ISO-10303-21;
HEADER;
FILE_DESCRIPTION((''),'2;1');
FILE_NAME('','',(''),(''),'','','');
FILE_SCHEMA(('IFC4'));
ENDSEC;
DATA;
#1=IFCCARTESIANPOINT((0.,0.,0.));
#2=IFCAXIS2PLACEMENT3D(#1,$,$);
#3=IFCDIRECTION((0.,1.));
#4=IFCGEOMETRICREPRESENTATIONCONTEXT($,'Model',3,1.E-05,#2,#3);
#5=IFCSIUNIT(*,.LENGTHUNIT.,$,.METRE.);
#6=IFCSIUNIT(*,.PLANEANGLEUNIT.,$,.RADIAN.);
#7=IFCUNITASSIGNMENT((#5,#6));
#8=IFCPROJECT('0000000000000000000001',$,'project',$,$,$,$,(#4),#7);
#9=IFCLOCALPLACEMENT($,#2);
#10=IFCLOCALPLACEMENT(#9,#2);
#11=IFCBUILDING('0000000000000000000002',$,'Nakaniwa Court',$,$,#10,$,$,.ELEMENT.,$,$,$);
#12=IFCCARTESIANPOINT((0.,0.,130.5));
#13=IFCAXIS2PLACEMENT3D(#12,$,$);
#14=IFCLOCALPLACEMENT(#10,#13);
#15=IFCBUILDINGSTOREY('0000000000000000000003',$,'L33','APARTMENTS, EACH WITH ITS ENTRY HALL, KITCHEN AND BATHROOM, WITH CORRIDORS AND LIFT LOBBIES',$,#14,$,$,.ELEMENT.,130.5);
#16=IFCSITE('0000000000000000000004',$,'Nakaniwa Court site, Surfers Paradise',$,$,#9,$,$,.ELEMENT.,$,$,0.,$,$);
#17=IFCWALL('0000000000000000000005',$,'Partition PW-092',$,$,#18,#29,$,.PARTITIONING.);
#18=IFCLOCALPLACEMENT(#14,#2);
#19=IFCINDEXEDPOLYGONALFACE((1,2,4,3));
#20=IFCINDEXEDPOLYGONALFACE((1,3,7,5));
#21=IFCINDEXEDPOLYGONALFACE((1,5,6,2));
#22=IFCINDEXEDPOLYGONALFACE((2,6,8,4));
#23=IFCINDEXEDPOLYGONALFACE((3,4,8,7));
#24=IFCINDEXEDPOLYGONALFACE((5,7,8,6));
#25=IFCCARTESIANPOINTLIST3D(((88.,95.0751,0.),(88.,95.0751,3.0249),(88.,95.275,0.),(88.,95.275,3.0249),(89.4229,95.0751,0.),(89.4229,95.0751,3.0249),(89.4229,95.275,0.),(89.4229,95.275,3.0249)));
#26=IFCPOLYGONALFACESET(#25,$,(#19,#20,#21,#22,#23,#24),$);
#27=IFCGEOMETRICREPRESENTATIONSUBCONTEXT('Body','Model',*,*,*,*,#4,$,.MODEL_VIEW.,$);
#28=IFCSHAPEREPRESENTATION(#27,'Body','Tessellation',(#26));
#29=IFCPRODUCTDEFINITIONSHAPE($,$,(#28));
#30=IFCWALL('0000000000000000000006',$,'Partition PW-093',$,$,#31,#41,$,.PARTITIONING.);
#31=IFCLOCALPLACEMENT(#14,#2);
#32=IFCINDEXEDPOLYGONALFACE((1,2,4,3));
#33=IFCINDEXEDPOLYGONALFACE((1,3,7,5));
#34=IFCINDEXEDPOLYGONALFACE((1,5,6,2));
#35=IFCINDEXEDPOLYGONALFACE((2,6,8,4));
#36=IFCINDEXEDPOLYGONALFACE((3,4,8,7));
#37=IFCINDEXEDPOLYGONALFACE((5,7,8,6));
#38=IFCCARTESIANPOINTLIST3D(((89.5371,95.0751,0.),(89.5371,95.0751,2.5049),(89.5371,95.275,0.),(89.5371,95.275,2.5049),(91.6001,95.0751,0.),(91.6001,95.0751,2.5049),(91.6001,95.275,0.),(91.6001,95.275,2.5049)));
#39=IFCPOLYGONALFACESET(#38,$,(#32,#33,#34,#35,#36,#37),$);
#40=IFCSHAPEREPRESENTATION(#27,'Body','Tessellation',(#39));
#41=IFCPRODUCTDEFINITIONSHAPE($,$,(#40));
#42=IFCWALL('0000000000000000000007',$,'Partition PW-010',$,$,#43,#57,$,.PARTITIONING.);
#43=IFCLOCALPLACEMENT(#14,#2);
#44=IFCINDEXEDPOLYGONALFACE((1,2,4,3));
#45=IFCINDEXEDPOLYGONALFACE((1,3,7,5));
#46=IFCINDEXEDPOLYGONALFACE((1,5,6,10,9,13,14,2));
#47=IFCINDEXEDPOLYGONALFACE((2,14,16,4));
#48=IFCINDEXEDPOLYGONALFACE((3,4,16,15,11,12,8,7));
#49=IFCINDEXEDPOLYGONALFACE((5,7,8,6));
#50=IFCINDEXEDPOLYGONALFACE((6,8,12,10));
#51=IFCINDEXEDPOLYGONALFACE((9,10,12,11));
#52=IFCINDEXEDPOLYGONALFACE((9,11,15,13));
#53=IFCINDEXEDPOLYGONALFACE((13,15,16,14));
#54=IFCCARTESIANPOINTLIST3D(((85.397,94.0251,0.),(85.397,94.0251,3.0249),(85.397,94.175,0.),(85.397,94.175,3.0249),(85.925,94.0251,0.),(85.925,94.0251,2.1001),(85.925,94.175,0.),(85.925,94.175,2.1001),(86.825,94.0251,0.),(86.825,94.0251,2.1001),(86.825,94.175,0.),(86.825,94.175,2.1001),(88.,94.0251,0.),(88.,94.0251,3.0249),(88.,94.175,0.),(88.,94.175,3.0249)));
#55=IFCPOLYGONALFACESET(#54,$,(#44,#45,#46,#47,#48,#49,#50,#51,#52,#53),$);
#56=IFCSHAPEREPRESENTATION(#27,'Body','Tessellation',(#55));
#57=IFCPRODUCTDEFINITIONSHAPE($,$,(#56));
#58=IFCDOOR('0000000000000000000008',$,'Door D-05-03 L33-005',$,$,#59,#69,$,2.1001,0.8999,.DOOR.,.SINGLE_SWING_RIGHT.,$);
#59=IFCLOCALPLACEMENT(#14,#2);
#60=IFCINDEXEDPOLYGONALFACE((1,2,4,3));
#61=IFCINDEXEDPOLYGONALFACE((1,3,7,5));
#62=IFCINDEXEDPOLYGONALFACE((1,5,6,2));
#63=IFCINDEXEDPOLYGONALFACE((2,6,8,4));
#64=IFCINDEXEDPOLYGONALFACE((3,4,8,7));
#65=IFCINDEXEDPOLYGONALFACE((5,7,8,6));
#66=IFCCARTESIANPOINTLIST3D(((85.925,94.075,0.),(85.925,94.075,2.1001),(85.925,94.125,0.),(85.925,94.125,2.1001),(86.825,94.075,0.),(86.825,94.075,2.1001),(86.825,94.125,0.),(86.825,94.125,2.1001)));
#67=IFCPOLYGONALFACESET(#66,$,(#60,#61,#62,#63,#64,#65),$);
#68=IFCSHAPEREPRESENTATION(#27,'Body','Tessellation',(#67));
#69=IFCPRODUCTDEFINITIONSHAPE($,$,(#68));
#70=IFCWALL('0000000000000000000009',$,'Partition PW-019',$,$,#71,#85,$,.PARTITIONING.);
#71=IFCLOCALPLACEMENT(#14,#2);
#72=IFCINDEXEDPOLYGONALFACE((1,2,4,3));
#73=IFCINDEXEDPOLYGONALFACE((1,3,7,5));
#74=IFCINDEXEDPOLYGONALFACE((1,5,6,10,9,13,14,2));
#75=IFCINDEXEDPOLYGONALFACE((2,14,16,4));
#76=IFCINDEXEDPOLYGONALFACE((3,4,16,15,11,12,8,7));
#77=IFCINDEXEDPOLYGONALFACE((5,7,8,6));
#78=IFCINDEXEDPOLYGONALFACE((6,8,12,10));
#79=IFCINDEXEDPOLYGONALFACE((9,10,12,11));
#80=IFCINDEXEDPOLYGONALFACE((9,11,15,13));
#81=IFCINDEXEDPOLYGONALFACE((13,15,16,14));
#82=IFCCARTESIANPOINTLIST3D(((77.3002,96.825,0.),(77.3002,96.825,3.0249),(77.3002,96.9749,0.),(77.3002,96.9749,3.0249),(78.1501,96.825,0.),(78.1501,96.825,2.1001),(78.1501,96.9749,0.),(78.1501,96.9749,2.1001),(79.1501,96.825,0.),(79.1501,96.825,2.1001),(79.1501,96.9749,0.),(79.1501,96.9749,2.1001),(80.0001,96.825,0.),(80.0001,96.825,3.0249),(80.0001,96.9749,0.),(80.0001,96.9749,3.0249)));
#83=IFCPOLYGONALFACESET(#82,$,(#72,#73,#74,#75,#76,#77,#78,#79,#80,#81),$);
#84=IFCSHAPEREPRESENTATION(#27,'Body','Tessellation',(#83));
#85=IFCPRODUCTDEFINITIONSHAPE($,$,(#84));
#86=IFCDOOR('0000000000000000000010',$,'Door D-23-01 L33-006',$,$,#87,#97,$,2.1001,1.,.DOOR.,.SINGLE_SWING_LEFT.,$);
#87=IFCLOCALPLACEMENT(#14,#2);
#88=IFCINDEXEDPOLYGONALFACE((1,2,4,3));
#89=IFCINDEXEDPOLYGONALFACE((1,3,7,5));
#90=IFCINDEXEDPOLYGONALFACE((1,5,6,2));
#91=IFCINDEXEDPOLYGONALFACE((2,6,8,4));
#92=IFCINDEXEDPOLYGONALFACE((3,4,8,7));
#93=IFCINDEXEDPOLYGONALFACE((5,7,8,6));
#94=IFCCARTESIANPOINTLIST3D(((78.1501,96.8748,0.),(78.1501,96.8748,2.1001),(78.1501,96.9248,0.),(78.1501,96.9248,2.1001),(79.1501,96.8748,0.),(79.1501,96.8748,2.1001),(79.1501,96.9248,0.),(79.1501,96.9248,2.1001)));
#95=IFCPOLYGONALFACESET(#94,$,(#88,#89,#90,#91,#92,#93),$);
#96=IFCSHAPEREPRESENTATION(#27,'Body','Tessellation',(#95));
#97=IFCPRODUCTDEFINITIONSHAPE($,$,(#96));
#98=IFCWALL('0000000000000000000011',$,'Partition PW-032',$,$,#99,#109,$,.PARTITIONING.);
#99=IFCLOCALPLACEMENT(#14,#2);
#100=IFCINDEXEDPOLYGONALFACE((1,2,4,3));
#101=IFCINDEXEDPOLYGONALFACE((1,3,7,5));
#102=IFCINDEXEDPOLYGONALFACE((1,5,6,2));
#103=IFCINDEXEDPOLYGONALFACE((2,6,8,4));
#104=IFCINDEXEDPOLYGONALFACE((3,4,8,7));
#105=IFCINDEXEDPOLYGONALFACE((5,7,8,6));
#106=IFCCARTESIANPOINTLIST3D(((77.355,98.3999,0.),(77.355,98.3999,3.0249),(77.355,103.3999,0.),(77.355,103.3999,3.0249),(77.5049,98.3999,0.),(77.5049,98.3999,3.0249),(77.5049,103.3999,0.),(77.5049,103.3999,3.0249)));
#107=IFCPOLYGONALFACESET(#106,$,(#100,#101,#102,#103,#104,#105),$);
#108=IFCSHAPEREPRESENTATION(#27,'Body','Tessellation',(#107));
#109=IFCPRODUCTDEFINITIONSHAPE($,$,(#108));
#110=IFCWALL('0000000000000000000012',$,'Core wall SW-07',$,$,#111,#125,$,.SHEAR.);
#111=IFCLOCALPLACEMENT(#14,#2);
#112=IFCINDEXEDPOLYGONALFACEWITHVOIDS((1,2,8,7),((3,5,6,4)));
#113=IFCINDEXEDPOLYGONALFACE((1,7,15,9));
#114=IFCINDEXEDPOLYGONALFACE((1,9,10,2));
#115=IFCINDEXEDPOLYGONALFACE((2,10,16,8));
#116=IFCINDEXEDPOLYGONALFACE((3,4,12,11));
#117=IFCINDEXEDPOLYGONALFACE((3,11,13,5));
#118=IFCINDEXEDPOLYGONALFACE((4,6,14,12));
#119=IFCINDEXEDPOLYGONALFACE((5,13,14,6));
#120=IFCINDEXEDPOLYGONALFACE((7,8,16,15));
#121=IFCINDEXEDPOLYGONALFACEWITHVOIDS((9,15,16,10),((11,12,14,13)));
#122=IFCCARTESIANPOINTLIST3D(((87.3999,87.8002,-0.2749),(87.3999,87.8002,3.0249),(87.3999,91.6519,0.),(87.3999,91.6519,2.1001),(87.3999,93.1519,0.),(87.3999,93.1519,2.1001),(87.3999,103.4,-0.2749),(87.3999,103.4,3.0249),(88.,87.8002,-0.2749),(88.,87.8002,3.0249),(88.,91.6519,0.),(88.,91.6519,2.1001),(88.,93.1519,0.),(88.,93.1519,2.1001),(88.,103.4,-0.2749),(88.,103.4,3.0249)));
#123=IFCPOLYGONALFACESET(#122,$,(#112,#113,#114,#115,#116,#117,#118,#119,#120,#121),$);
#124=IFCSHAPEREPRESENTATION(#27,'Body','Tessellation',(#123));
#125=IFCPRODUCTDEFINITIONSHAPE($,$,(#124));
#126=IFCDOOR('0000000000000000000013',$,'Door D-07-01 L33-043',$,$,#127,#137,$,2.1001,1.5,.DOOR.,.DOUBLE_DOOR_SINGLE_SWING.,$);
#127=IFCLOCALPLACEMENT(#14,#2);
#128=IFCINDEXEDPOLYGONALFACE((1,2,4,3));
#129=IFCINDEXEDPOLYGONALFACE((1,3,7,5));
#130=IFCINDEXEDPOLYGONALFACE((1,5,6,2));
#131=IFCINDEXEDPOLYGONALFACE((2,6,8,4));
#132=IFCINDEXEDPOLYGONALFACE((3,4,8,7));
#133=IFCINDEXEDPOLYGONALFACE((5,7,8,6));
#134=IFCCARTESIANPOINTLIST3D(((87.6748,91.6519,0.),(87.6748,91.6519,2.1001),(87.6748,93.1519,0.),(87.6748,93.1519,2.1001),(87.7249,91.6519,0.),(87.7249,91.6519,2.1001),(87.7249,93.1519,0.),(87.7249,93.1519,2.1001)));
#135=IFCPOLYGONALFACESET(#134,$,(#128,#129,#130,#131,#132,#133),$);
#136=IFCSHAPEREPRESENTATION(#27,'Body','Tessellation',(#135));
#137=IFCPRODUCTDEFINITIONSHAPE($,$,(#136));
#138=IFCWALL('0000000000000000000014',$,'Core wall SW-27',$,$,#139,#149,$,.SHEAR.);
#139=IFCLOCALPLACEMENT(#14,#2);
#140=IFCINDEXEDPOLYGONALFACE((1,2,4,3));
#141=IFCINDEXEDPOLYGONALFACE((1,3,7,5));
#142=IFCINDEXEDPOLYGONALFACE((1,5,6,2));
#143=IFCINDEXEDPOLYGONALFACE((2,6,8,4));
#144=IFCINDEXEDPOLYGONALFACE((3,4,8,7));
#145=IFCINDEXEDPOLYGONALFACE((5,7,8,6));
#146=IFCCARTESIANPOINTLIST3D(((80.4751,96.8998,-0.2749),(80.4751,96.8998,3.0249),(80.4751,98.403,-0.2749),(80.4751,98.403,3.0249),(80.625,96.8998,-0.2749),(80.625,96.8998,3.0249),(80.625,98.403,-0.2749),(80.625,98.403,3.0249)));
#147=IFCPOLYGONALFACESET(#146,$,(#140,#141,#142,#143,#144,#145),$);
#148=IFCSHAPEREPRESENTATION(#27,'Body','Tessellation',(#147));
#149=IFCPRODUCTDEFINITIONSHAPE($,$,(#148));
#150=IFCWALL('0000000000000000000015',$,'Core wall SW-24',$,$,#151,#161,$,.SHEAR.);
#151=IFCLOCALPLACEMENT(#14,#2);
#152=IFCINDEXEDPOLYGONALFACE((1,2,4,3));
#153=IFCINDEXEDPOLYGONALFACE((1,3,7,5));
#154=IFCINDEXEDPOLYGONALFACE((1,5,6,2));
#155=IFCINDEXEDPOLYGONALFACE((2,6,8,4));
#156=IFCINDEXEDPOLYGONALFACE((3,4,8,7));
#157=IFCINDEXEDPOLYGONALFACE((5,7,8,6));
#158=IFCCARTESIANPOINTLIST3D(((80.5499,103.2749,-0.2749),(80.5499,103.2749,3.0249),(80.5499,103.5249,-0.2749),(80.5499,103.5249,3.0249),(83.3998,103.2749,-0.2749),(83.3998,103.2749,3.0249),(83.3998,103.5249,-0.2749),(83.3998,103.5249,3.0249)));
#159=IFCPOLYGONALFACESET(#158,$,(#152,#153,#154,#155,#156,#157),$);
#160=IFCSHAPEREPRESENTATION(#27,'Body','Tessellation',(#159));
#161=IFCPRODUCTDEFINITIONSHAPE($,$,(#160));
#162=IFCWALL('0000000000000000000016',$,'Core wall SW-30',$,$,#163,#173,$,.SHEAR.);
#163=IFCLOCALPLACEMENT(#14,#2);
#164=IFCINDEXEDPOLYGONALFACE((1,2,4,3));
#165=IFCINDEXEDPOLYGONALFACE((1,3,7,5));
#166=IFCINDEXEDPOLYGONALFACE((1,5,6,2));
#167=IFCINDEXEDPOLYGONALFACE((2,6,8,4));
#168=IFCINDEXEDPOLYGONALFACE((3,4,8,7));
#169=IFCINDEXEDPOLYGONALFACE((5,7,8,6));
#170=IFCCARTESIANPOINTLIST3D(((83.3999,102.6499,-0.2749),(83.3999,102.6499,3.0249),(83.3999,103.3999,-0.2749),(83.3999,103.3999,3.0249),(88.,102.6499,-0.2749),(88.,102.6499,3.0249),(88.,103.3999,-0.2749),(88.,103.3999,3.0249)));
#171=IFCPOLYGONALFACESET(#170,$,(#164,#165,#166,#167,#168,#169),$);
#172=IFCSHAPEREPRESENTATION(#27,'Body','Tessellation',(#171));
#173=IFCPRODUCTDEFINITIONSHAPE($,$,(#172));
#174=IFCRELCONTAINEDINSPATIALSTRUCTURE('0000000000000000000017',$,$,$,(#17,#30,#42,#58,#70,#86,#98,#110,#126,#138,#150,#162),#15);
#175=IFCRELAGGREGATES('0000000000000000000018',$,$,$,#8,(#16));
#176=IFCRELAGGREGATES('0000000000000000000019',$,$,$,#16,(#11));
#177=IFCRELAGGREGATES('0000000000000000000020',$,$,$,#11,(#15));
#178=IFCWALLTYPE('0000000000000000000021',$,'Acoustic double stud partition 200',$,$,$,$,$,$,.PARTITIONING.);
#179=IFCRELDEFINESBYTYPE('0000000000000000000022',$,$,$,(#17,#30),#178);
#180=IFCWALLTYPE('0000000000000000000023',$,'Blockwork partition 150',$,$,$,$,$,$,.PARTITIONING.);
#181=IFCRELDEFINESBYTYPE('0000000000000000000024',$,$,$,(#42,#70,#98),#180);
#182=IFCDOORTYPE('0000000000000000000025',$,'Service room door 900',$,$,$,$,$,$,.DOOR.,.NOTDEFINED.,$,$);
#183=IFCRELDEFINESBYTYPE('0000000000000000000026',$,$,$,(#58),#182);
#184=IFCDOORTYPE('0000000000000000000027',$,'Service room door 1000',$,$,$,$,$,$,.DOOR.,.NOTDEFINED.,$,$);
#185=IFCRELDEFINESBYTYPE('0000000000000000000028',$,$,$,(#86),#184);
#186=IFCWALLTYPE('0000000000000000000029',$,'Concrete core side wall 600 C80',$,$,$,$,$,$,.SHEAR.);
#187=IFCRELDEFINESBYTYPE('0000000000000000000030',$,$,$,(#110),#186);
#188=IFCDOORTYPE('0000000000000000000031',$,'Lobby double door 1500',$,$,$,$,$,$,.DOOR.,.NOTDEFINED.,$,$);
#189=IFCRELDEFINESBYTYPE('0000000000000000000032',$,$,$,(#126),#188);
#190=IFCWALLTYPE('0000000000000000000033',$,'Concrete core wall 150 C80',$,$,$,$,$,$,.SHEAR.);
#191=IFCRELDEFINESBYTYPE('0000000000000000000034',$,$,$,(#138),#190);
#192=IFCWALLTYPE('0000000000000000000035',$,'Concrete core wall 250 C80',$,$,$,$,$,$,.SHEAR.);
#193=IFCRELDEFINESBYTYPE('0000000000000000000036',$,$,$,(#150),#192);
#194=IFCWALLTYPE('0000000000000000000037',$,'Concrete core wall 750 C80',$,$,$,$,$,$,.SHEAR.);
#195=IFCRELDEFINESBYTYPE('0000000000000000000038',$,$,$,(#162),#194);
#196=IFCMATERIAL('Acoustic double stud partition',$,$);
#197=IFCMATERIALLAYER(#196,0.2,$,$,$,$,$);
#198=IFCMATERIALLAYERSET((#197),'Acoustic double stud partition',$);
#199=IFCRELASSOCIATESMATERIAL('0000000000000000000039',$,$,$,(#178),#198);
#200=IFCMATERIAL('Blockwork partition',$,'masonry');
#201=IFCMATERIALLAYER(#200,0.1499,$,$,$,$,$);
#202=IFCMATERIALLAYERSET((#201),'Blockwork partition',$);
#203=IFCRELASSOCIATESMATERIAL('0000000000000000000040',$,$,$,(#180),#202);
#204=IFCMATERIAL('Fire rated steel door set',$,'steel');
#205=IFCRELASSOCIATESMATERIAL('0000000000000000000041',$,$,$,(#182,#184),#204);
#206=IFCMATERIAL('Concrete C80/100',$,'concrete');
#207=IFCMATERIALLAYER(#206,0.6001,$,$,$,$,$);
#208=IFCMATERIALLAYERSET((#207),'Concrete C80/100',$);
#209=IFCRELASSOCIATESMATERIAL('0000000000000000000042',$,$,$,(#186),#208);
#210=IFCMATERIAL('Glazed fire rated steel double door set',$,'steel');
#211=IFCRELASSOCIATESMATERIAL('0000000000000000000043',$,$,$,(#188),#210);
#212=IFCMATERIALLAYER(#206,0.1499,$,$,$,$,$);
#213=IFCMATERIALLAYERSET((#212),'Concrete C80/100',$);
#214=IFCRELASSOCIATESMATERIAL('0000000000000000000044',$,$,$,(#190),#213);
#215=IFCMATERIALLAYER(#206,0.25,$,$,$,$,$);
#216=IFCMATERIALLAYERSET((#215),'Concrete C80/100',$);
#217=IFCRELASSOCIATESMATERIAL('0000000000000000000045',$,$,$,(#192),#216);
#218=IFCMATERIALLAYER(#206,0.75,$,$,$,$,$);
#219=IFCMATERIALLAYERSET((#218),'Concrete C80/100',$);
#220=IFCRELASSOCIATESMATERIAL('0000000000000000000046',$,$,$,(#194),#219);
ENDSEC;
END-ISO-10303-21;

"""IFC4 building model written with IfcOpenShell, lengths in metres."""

from ifc_helpers import new_model, si_unit, direction, frame, frame_2d, origin, place, context, subcontext, project, spatial, rectangle, extrude, material, layer, layer_set, type_object, element, fill, save


model = new_model("IFC4")

# Units and contexts
model_context = context("Model", 3, precision=1e-05, world=origin(), true_north=direction((0.0, 1.0)))
body_context = subcontext(model_context, "Body", "Model", "MODEL_VIEW")
ifc_project = project(units=[si_unit("LENGTHUNIT", "METRE"), si_unit("PLANEANGLEUNIT", "RADIAN")], contexts=[model_context])

# Site, building, storey
site_placement = place(None, origin())
site = spatial("IfcSite", under=ifc_project, at=site_placement, Name="Nakaniwa Court site, Surfers Paradise", CompositionType="ELEMENT", RefElevation=0.0)
building_placement = place(site_placement, origin())
building = spatial("IfcBuilding", under=site, at=building_placement, Name="Nakaniwa Court", CompositionType="ELEMENT")
storey_placement = place(building_placement, frame((0.0, 0.0, 130.5)))
storey = spatial("IfcBuildingStorey", under=building, at=storey_placement, Name="L33", Description="APARTMENTS, EACH WITH ITS ENTRY HALL, KITCHEN AND BATHROOM, WITH CORRIDORS AND LIFT LOBBIES", CompositionType="ELEMENT", Elevation=130.5)

# Walls
ifc_material_1 = material(Name="Acoustic double stud partition")
ifc_layer_1 = layer(ifc_material_1, 0.2)
ifc_layer_set_1 = layer_set([ifc_layer_1], Name="Acoustic double stud partition")
wall_type_1 = type_object("IfcWallType", Name="Acoustic double stud partition 200", PredefinedType="PARTITIONING", material=ifc_layer_set_1)
wall_1_placement = place(storey_placement, frame((88.0, 95.175, 0.0), z_axis=(0.0, 0.0, 1.0), x_axis=(1.0, 0.0, 0.0)))
element("IfcWall", 1, at=wall_1_placement, inside=storey, type_object=wall_type_1, Name="Partition PW-092", PredefinedType="PARTITIONING", context=body_context, shape_type="SweptSolid", body=[
    extrude(rectangle(XDim=1.4229, YDim=0.2, at=frame_2d((0.7114, 0.0))), origin(), (0.0, 0.0, 1.0), 3.0249),
])
wall_2_placement = place(storey_placement, frame((89.5371, 95.175, 0.0), z_axis=(0.0, 0.0, 1.0), x_axis=(1.0, 0.0, 0.0)))
element("IfcWall", 2, at=wall_2_placement, inside=storey, type_object=wall_type_1, Name="Partition PW-093", PredefinedType="PARTITIONING", context=body_context, shape_type="SweptSolid", body=[
    extrude(rectangle(XDim=2.063, YDim=0.2, at=frame_2d((1.0315, 0.0))), origin(), (0.0, 0.0, 1.0), 2.5049),
])

# Walls, openings, doors
ifc_material_2 = material(Name="Blockwork partition", Category="masonry")
ifc_layer_2 = layer(ifc_material_2, 0.1499)
ifc_layer_set_2 = layer_set([ifc_layer_2], Name="Blockwork partition")
wall_type_2 = type_object("IfcWallType", Name="Blockwork partition 150", PredefinedType="PARTITIONING", material=ifc_layer_set_2)
wall_3_placement = place(storey_placement, frame((85.397, 94.1001, 0.0), z_axis=(0.0, 0.0, 1.0), x_axis=(1.0, 0.0, 0.0)))
wall_3 = element("IfcWall", 3, at=wall_3_placement, inside=storey, type_object=wall_type_2, Name="Partition PW-010", PredefinedType="PARTITIONING", context=body_context, shape_type="SweptSolid", body=[
    extrude(rectangle(XDim=2.603, YDim=0.1499, at=frame_2d((1.3015, 0.0))), origin(), (0.0, 0.0, 1.0), 3.0249),
])
opening_1_placement = place(wall_3_placement, frame((0.5281, 0.0, 0.0)))
opening_1 = element("IfcOpeningElement", 4, at=opening_1_placement, cuts=wall_3, PredefinedType="OPENING", context=body_context, shape_type="SweptSolid", body=[
    extrude(rectangle(XDim=0.8999, YDim=2.1001, at=frame_2d((0.45, 1.05))), frame((0.0, 0.085, 0.0), z_axis=(0.0, -1.0, 0.0), x_axis=(1.0, 0.0, 0.0)), (0.0, 0.0, 1.0), 0.1699),
])
ifc_material_3 = material(Name="Fire rated steel door set", Category="steel")
door_type_1 = type_object("IfcDoorType", Name="Service room door 900", OperationType="NOTDEFINED", PredefinedType="DOOR", material=ifc_material_3)
door_1_placement = place(opening_1_placement, origin())
door_1 = element("IfcDoor", 5, at=door_1_placement, inside=storey, type_object=door_type_1, Name="Door D-05-03 L33-005", OperationType="SINGLE_SWING_RIGHT", OverallHeight=2.1001, OverallWidth=0.8999, PredefinedType="DOOR", context=body_context, shape_type="SweptSolid", body=[
    extrude(rectangle(XDim=0.8999, YDim=2.1001, at=frame_2d((0.45, 1.05))), frame((0.0, 0.0249, 0.0), z_axis=(0.0, -1.0, 0.0), x_axis=(1.0, 0.0, 0.0)), (0.0, 0.0, 1.0), 0.05),
])
fill(opening_1, door_1)
wall_4_placement = place(storey_placement, frame((77.3, 96.8999, 0.0), z_axis=(0.0, 0.0, 1.0), x_axis=(1.0, 0.0, 0.0)))
wall_4 = element("IfcWall", 6, at=wall_4_placement, inside=storey, type_object=wall_type_2, Name="Partition PW-019", PredefinedType="PARTITIONING", context=body_context, shape_type="SweptSolid", body=[
    extrude(rectangle(XDim=2.7, YDim=0.1499, at=frame_2d((1.3501, 0.0))), origin(), (0.0, 0.0, 1.0), 3.0249),
])
opening_2_placement = place(wall_4_placement, frame((0.8501, 0.0, 0.0)))
opening_2 = element("IfcOpeningElement", 7, at=opening_2_placement, cuts=wall_4, PredefinedType="OPENING", context=body_context, shape_type="SweptSolid", body=[
    extrude(rectangle(XDim=1.0, YDim=2.1001, at=frame_2d((0.5, 1.05))), frame((0.0, 0.085, 0.0), z_axis=(0.0, -1.0, 0.0), x_axis=(1.0, 0.0, 0.0)), (0.0, 0.0, 1.0), 0.1699),
])
door_type_2 = type_object("IfcDoorType", Name="Service room door 1000", OperationType="NOTDEFINED", PredefinedType="DOOR", material=ifc_material_3)
door_2_placement = place(opening_2_placement, origin())
door_2 = element("IfcDoor", 8, at=door_2_placement, inside=storey, type_object=door_type_2, Name="Door D-23-01 L33-006", OperationType="SINGLE_SWING_LEFT", OverallHeight=2.1001, OverallWidth=1.0, PredefinedType="DOOR", context=body_context, shape_type="SweptSolid", body=[
    extrude(rectangle(XDim=1.0, YDim=2.1001, at=frame_2d((0.5, 1.05))), frame((0.0, 0.0249, 0.0), z_axis=(0.0, -1.0, 0.0), x_axis=(1.0, 0.0, 0.0)), (0.0, 0.0, 1.0), 0.05),
])
fill(opening_2, door_2)

# Wall
wall_5_placement = place(storey_placement, frame((77.4299, 98.3999, 0.0), z_axis=(0.0, 0.0, 1.0), x_axis=(0.0, 1.0, 0.0)))
element("IfcWall", 9, at=wall_5_placement, inside=storey, type_object=wall_type_2, Name="Partition PW-032", PredefinedType="PARTITIONING", context=body_context, shape_type="SweptSolid", body=[
    extrude(rectangle(XDim=5.0, YDim=0.1499, at=frame_2d((2.5, 0.0))), origin(), (0.0, 0.0, 1.0), 3.0249),
])

# Wall, opening, door
ifc_material_4 = material(Name="Concrete C80/100", Category="concrete")
ifc_layer_3 = layer(ifc_material_4, 0.6001)
ifc_layer_set_3 = layer_set([ifc_layer_3], Name="Concrete C80/100")
wall_type_3 = type_object("IfcWallType", Name="Concrete core side wall 600 C80", PredefinedType="SHEAR", material=ifc_layer_set_3)
wall_6_placement = place(storey_placement, frame((87.7, 103.3999, -0.2749), z_axis=(0.0, 0.0, 1.0), x_axis=(0.0, -1.0, 0.0)))
wall_6 = element("IfcWall", 10, at=wall_6_placement, inside=storey, type_object=wall_type_3, Name="Core wall SW-07", PredefinedType="SHEAR", context=body_context, shape_type="SweptSolid", body=[
    extrude(rectangle(XDim=15.5999, YDim=0.6001, at=frame_2d((7.7998, 0.0))), origin(), (0.0, 0.0, 1.0), 3.2998),
])
opening_3_placement = place(wall_6_placement, frame((10.248, 0.0, 0.2749)))
opening_3 = element("IfcOpeningElement", 11, at=opening_3_placement, cuts=wall_6, PredefinedType="OPENING", context=body_context, shape_type="SweptSolid", body=[
    extrude(rectangle(XDim=1.5, YDim=2.1001, at=frame_2d((0.75, 1.05))), frame((0.0, 0.3101, 0.0), z_axis=(0.0, -1.0, 0.0), x_axis=(1.0, 0.0, 0.0)), (0.0, 0.0, 1.0), 0.6201),
])
ifc_material_5 = material(Name="Glazed fire rated steel double door set", Category="steel")
door_type_3 = type_object("IfcDoorType", Name="Lobby double door 1500", OperationType="NOTDEFINED", PredefinedType="DOOR", material=ifc_material_5)
door_3_placement = place(opening_3_placement, origin())
door_3 = element("IfcDoor", 12, at=door_3_placement, inside=storey, type_object=door_type_3, Name="Door D-07-01 L33-043", OperationType="DOUBLE_DOOR_SINGLE_SWING", OverallHeight=2.1001, OverallWidth=1.5, PredefinedType="DOOR", context=body_context, shape_type="SweptSolid", body=[
    extrude(rectangle(XDim=1.5, YDim=2.1001, at=frame_2d((0.75, 1.05))), frame((0.0, 0.0249, 0.0), z_axis=(0.0, -1.0, 0.0), x_axis=(1.0, 0.0, 0.0)), (0.0, 0.0, 1.0), 0.05),
])
fill(opening_3, door_3)

# Walls
ifc_layer_4 = layer(ifc_material_4, 0.1499)
ifc_layer_set_4 = layer_set([ifc_layer_4], Name="Concrete C80/100")
wall_type_4 = type_object("IfcWallType", Name="Concrete core wall 150 C80", PredefinedType="SHEAR", material=ifc_layer_set_4)
wall_7_placement = place(storey_placement, frame((80.55, 96.8999, -0.2749), z_axis=(0.0, 0.0, 1.0), x_axis=(0.0, 1.0, 0.0)))
element("IfcWall", 13, at=wall_7_placement, inside=storey, type_object=wall_type_4, Name="Core wall SW-27", PredefinedType="SHEAR", context=body_context, shape_type="SweptSolid", body=[
    extrude(rectangle(XDim=1.5032, YDim=0.1499, at=frame_2d((0.7515, 0.0))), origin(), (0.0, 0.0, 1.0), 3.2998),
])
ifc_layer_5 = layer(ifc_material_4, 0.25)
ifc_layer_set_5 = layer_set([ifc_layer_5], Name="Concrete C80/100")
wall_type_5 = type_object("IfcWallType", Name="Concrete core wall 250 C80", PredefinedType="SHEAR", material=ifc_layer_set_5)
wall_8_placement = place(storey_placement, frame((80.55, 103.3999, -0.2749), z_axis=(0.0, 0.0, 1.0), x_axis=(1.0, 0.0, 0.0)))
element("IfcWall", 14, at=wall_8_placement, inside=storey, type_object=wall_type_5, Name="Core wall SW-24", PredefinedType="SHEAR", context=body_context, shape_type="SweptSolid", body=[
    extrude(rectangle(XDim=2.8499, YDim=0.25, at=frame_2d((1.4248, 0.0))), origin(), (0.0, 0.0, 1.0), 3.2998),
])
ifc_layer_6 = layer(ifc_material_4, 0.75)
ifc_layer_set_6 = layer_set([ifc_layer_6], Name="Concrete C80/100")
wall_type_6 = type_object("IfcWallType", Name="Concrete core wall 750 C80", PredefinedType="SHEAR", material=ifc_layer_set_6)
wall_9_placement = place(storey_placement, frame((83.3999, 103.0249, -0.2749), z_axis=(0.0, 0.0, 1.0), x_axis=(1.0, 0.0, 0.0)))
element("IfcWall", 15, at=wall_9_placement, inside=storey, type_object=wall_type_6, Name="Core wall SW-30", PredefinedType="SHEAR", context=body_context, shape_type="SweptSolid", body=[
    extrude(rectangle(XDim=4.6001, YDim=0.75, at=frame_2d((2.3, 0.0))), origin(), (0.0, 0.0, 1.0), 3.2998),
])

save(model, "model.ifc")
